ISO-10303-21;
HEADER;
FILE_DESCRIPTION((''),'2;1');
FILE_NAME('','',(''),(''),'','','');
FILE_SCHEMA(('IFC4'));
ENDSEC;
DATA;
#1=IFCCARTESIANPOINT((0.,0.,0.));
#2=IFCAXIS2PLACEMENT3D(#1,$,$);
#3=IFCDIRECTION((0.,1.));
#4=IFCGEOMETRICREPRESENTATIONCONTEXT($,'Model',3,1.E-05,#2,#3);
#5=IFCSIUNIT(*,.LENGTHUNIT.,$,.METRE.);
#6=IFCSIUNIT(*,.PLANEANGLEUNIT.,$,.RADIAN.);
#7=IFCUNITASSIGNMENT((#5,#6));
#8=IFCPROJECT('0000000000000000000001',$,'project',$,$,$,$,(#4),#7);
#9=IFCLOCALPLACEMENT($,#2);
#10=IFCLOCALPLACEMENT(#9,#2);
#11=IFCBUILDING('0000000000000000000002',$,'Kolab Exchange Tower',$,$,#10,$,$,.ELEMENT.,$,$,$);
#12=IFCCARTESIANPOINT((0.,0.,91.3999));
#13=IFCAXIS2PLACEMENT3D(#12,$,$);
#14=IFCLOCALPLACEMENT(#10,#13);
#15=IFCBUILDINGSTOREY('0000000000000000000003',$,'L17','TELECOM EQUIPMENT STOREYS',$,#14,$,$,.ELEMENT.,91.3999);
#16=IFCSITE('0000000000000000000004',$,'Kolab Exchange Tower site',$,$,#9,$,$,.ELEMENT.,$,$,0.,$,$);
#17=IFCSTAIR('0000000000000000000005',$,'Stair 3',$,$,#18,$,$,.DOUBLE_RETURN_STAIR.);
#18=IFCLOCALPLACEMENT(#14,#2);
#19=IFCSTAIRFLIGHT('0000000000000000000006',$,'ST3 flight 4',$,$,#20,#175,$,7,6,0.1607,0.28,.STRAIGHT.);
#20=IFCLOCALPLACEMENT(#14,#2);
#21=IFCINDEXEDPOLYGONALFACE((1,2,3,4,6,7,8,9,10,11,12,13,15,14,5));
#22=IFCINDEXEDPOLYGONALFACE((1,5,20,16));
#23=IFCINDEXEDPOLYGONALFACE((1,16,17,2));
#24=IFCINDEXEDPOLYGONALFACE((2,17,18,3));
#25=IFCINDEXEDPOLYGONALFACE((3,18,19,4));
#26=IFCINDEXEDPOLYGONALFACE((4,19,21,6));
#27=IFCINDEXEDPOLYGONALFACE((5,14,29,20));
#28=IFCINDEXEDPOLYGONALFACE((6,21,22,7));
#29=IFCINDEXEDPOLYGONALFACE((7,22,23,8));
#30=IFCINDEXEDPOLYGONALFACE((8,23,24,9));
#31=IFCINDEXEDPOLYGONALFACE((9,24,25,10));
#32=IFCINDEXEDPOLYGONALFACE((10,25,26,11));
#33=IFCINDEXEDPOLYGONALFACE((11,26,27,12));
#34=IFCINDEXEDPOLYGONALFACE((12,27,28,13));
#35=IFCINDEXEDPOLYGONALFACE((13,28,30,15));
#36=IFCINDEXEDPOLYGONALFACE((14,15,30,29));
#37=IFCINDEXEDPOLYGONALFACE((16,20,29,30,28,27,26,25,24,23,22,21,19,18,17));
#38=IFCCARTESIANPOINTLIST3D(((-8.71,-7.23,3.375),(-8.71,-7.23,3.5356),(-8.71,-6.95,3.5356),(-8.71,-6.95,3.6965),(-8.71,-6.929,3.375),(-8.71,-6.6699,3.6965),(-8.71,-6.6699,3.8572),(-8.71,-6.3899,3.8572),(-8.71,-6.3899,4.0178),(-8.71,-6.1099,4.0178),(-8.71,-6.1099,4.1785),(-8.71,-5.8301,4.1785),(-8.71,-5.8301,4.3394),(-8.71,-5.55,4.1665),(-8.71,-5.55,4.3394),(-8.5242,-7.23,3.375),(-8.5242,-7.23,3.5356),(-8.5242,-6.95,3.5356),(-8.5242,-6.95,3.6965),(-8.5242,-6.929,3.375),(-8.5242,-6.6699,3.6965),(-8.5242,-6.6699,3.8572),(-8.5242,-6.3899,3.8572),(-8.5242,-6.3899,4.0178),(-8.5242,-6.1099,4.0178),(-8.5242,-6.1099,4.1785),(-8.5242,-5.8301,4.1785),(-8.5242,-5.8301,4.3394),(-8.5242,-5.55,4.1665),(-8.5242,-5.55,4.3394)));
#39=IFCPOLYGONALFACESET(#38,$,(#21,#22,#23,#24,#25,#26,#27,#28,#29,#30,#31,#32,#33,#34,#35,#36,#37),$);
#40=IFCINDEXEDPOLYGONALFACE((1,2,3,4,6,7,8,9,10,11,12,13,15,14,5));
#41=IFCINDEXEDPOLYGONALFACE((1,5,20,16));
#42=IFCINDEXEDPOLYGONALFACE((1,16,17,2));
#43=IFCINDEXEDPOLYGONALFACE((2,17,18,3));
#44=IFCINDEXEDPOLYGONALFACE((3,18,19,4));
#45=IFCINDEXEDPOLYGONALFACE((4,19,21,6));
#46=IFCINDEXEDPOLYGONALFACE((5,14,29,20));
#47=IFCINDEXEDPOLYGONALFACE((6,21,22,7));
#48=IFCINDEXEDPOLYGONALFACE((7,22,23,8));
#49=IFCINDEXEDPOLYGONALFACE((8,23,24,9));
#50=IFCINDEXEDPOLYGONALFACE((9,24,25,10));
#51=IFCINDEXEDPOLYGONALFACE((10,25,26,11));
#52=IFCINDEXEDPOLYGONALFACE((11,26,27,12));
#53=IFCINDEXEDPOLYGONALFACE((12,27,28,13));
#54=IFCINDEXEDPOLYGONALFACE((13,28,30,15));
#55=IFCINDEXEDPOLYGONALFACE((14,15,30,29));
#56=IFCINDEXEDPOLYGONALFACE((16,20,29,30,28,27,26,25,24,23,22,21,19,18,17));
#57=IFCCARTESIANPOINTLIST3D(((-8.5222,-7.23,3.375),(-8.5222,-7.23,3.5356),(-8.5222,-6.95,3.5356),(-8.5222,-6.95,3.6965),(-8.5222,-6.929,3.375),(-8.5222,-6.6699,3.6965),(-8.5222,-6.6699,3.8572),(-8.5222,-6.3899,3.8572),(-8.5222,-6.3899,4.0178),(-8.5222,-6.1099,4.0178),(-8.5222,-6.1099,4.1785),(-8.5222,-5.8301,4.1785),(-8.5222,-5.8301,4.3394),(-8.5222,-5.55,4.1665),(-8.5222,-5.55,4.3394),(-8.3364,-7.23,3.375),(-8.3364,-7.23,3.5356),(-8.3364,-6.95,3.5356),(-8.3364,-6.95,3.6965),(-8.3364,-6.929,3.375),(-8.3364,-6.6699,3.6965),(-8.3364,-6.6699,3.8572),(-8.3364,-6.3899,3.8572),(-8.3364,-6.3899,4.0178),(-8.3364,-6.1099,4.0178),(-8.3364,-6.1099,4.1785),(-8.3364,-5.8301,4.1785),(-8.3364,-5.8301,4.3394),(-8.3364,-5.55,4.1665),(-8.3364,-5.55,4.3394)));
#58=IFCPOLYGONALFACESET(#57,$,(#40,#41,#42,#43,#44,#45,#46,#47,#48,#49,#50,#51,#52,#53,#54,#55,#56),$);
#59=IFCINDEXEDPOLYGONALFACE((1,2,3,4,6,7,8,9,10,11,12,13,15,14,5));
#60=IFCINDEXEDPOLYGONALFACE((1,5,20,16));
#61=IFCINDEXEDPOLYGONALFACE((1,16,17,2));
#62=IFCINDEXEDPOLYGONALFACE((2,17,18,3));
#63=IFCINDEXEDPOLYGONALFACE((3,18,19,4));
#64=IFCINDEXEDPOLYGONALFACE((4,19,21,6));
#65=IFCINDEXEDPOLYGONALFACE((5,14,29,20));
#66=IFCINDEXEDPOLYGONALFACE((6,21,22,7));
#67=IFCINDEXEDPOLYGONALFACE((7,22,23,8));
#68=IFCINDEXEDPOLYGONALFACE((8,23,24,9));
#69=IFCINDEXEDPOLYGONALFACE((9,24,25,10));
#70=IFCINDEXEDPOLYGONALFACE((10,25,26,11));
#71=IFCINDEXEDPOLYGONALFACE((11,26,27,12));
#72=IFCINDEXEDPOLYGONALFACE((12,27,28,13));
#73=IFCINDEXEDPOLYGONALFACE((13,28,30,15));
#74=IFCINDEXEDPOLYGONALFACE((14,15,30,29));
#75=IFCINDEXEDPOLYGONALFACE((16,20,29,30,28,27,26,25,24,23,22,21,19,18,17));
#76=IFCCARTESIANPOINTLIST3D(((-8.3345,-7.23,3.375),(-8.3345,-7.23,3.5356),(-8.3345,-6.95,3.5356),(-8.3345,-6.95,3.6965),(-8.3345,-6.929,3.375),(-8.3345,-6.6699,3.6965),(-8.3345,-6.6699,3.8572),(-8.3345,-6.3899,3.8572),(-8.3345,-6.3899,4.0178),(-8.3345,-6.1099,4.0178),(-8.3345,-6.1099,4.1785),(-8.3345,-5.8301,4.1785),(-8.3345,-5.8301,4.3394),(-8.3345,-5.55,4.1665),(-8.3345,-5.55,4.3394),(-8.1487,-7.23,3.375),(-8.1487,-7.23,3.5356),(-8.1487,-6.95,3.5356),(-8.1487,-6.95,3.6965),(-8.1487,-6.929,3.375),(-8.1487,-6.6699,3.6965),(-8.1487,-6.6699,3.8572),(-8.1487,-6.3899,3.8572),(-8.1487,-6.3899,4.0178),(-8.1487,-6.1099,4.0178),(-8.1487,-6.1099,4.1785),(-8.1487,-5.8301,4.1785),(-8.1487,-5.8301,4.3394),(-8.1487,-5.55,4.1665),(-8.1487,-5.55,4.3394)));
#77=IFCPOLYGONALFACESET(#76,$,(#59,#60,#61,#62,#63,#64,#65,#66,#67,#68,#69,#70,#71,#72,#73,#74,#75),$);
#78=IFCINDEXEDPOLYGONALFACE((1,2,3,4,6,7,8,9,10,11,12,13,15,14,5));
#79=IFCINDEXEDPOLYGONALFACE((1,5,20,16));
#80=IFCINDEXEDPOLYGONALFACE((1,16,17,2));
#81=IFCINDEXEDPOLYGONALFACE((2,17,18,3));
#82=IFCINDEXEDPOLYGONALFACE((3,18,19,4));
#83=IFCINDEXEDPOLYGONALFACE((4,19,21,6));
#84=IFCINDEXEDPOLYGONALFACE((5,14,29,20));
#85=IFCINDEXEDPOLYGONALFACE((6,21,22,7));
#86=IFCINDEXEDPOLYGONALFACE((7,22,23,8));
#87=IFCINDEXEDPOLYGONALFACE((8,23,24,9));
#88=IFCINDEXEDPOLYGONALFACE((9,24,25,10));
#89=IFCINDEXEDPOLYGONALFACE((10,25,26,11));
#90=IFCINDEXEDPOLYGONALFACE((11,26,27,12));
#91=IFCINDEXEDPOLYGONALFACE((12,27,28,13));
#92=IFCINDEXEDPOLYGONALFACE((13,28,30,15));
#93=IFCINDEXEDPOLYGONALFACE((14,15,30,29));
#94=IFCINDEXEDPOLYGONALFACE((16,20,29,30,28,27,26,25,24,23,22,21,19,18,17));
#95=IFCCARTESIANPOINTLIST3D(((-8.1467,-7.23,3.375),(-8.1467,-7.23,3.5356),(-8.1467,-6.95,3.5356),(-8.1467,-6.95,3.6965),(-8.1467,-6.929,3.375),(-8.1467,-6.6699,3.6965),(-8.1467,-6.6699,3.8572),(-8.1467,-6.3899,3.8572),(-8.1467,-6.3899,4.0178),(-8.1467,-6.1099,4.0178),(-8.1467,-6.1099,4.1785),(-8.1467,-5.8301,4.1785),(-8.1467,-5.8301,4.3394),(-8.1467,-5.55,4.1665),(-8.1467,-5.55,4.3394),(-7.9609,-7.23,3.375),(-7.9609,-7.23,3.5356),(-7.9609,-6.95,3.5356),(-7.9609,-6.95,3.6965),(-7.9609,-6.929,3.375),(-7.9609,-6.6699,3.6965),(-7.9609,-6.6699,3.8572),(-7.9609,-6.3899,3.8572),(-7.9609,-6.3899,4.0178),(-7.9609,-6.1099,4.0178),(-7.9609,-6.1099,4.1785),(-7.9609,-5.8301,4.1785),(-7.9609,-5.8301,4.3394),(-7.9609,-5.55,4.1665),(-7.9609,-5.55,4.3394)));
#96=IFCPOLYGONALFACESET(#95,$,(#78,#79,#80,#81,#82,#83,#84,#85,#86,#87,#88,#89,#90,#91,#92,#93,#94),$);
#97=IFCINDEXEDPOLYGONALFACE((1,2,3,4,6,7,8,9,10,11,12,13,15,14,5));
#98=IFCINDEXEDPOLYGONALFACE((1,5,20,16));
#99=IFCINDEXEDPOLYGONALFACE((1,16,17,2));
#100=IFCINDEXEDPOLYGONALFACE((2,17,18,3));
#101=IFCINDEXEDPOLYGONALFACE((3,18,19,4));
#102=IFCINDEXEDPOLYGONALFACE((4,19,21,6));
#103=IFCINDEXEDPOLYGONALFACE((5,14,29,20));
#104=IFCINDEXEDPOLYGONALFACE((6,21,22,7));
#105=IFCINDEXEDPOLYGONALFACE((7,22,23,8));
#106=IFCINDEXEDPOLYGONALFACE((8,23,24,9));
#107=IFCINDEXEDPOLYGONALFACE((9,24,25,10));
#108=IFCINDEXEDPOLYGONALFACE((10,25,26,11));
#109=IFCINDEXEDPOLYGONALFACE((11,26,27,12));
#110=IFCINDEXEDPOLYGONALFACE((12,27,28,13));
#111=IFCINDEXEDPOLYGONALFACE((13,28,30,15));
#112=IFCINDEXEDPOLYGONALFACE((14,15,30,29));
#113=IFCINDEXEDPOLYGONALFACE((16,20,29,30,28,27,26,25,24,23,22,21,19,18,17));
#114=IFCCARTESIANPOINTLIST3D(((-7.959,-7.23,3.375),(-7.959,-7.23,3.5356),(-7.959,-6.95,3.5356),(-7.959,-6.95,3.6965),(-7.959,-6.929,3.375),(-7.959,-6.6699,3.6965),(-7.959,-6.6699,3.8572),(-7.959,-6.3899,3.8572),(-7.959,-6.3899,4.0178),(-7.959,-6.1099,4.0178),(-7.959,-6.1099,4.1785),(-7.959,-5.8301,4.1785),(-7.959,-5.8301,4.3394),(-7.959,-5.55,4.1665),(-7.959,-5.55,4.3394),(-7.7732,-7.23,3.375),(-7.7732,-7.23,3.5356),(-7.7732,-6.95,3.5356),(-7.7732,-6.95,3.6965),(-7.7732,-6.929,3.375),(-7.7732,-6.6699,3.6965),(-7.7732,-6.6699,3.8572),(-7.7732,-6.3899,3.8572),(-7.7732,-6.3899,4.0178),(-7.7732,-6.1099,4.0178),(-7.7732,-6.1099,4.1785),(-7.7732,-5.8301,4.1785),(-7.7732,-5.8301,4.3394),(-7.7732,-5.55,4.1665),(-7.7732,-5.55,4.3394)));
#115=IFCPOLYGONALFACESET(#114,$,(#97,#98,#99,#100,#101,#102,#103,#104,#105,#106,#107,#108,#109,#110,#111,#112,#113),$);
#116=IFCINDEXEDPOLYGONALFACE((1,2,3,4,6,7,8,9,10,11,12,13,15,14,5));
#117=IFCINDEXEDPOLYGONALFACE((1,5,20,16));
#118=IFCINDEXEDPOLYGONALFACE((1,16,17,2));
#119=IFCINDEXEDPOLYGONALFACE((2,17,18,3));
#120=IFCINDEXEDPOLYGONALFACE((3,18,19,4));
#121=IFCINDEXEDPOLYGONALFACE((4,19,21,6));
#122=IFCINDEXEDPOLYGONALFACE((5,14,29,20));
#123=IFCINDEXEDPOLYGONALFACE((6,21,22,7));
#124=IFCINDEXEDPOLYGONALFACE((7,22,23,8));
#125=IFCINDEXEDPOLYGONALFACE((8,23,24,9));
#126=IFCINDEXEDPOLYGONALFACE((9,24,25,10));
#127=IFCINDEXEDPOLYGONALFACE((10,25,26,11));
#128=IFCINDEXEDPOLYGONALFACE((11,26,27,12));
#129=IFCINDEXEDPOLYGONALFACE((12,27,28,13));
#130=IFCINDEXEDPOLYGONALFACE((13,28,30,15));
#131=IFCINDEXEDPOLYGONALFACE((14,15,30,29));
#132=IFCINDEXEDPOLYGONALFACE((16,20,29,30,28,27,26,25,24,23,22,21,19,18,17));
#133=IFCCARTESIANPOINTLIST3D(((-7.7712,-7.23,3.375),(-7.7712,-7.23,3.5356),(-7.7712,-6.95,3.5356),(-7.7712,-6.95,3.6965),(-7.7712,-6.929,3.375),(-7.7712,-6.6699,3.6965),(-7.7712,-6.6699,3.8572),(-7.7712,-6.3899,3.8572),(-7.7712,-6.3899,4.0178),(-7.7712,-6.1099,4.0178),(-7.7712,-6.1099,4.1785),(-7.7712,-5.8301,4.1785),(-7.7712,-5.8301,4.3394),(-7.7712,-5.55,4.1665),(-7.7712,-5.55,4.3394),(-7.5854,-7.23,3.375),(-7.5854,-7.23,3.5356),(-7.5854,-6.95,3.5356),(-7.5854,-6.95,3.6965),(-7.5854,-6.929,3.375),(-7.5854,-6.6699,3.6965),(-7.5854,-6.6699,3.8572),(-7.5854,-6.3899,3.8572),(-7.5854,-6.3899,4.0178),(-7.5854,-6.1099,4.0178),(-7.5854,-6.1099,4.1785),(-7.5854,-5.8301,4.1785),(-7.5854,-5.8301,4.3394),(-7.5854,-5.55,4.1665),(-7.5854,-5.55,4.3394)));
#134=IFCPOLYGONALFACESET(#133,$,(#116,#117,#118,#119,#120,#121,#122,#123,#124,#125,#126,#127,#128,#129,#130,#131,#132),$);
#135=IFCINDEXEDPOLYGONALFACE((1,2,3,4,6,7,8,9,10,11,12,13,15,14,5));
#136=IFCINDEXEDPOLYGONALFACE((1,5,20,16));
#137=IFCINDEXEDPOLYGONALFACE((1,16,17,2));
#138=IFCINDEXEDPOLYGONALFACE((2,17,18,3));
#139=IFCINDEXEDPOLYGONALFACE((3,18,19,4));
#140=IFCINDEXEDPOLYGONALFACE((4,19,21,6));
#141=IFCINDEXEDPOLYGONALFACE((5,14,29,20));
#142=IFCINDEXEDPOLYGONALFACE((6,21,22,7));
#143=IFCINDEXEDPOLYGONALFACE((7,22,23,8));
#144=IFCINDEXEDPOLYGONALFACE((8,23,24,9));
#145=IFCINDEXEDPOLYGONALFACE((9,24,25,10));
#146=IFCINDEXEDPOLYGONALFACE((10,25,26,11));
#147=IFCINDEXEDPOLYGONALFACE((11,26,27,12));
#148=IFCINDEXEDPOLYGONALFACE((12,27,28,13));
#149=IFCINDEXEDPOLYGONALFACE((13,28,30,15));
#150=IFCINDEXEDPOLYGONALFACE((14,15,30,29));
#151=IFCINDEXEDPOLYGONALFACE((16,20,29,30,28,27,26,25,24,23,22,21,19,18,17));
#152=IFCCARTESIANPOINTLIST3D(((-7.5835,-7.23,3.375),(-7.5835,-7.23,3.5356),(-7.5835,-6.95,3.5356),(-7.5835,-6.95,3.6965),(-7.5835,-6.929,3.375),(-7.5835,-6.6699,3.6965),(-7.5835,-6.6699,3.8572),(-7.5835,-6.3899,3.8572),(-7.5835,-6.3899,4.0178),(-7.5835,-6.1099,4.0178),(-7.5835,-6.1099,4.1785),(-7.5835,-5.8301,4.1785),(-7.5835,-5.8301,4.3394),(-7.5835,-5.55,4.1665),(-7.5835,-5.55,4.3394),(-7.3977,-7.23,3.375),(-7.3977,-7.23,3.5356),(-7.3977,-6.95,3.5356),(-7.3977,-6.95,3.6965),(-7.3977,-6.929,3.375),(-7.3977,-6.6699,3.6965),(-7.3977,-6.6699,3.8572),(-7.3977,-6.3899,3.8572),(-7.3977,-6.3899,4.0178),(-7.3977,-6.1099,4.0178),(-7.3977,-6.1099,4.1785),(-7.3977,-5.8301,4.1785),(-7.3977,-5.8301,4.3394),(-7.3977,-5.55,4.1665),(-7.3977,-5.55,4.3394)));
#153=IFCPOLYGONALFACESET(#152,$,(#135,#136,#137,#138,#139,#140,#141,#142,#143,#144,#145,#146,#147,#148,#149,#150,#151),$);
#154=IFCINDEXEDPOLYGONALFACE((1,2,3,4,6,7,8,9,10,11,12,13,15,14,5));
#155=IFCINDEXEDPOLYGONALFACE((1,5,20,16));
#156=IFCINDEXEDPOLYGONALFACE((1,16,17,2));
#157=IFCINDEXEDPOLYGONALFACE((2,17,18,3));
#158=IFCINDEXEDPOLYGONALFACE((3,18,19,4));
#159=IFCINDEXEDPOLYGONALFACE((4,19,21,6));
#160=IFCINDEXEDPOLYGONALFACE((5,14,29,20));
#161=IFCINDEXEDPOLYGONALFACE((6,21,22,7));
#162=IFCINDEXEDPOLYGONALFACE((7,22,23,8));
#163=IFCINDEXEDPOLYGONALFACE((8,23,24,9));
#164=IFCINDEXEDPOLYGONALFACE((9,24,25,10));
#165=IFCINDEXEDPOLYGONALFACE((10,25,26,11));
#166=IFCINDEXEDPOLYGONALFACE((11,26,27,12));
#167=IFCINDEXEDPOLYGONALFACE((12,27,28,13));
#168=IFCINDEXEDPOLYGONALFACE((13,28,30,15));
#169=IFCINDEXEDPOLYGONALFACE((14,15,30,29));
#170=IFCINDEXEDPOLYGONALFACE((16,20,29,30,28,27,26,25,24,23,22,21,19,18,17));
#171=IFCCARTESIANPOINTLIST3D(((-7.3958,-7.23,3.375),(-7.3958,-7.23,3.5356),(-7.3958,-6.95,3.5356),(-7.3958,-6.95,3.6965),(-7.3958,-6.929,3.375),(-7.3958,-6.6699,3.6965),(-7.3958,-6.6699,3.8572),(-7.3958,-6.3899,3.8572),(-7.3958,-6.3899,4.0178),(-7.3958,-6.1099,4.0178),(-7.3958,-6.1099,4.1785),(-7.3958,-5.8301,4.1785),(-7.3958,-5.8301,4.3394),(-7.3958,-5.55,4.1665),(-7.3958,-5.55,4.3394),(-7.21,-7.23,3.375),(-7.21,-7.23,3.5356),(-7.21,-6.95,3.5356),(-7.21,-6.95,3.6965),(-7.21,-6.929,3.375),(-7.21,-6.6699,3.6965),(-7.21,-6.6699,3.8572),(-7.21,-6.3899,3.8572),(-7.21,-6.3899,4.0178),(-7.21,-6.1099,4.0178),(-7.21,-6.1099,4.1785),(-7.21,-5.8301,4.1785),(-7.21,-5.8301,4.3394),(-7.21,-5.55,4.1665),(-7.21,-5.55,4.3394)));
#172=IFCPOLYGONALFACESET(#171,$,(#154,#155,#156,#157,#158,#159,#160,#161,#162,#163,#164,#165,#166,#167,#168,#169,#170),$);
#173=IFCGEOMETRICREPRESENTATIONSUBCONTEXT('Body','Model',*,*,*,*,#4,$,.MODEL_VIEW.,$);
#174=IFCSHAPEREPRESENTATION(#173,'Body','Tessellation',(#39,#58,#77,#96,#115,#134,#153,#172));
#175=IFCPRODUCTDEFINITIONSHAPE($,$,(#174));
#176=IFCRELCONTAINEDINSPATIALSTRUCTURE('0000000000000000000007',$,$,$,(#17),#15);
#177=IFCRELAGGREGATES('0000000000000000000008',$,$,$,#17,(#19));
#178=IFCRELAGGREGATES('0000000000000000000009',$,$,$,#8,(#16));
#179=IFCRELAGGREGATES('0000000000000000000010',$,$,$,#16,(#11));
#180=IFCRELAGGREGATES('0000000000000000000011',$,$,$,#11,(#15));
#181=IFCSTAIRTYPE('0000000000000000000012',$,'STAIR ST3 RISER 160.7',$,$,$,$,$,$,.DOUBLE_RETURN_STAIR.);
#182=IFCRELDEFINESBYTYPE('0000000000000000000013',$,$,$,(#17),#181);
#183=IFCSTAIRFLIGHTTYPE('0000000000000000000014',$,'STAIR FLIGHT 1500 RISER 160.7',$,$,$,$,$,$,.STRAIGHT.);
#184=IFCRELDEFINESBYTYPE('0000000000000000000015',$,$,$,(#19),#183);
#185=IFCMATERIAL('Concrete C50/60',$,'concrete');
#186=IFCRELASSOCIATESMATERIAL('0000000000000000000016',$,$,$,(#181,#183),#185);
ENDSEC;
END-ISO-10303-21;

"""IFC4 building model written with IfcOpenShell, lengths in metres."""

from ifc_helpers import new_model, si_unit, direction, frame, origin, place, context, subcontext, project, spatial, polyline, outline, extrude, material, type_object, element, aggregate, save


model = new_model("IFC4")

# Units and contexts
model_context = context("Model", 3, precision=1e-05, world=origin(), true_north=direction((0.0, 1.0)))
body_context = subcontext(model_context, "Body", "Model", "MODEL_VIEW")
ifc_project = project(units=[si_unit("LENGTHUNIT", "METRE"), si_unit("PLANEANGLEUNIT", "RADIAN")], contexts=[model_context])

# Site, building, storey
site_placement = place(None, origin())
site = spatial("IfcSite", under=ifc_project, at=site_placement, Name="Kolab Exchange Tower site", CompositionType="ELEMENT", RefElevation=0.0)
building_placement = place(site_placement, origin())
building = spatial("IfcBuilding", under=site, at=building_placement, Name="Kolab Exchange Tower", CompositionType="ELEMENT")
storey_placement = place(building_placement, frame((0.0, 0.0, 91.3999)))
storey = spatial("IfcBuildingStorey", under=building, at=storey_placement, Name="L17", Description="TELECOM EQUIPMENT STOREYS", CompositionType="ELEMENT", Elevation=91.3999)

# Shared definitions
ifc_material_1 = material(Name="Concrete C50/60", Category="concrete")

# Stair, stair flight
stair_type = type_object("IfcStairType", Name="STAIR ST3 RISER 160.7", PredefinedType="DOUBLE_RETURN_STAIR", material=ifc_material_1)
stair_placement = place(storey_placement, origin())
stair = element("IfcStair", 1, at=stair_placement, inside=storey, type_object=stair_type, Name="Stair 3", PredefinedType="DOUBLE_RETURN_STAIR")
stair_flight_type = type_object("IfcStairFlightType", Name="STAIR FLIGHT 1500 RISER 160.7", PredefinedType="STRAIGHT", material=ifc_material_1)
stair_flight_1_placement = place(storey_placement, frame((-7.96, -7.23, 3.375), z_axis=(0.0, 0.0, 1.0), x_axis=(0.0, 1.0, 0.0)))
stair_flight_1 = element("IfcStairFlight", 2, at=stair_flight_1_placement, type_object=stair_flight_type, Name="ST3 flight 4", NumberOfRisers=7, NumberOfTreads=6, PredefinedType="STRAIGHT", RiserHeight=0.1607, TreadLength=0.28, context=body_context, shape_type="SweptSolid", body=[
    extrude(outline(polyline([(0.0, 0.0), (0.0, 0.1606), (0.28, 0.1606), (0.28, 0.3215), (0.5601, 0.3215), (0.5601, 0.4822), (0.8401, 0.4822), (0.8401, 0.6428), (1.1201, 0.6428), (1.1201, 0.8035), (1.3999, 0.8035), (1.3999, 0.9644), (1.6799, 0.9644), (1.6799, 1.125), (1.6799, 0.7915), (0.301, 0.0), (0.0, 0.0)])), frame((0.0, 0.75, 0.0), z_axis=(0.0, -1.0, 0.0), x_axis=(1.0, 0.0, 0.0)), (0.0, 0.0, 1.0), 0.1858),
    extrude(outline(polyline([(0.0, 0.0), (0.0, 0.1606), (0.28, 0.1606), (0.28, 0.3215), (0.5601, 0.3215), (0.5601, 0.4822), (0.8401, 0.4822), (0.8401, 0.6428), (1.1201, 0.6428), (1.1201, 0.8035), (1.3999, 0.8035), (1.3999, 0.9644), (1.6799, 0.9644), (1.6799, 1.125), (1.6799, 0.7915), (0.301, 0.0), (0.0, 0.0)])), frame((0.0, 0.5623, 0.0), z_axis=(0.0, -1.0, 0.0), x_axis=(1.0, 0.0, 0.0)), (0.0, 0.0, 1.0), 0.1858),
    extrude(outline(polyline([(0.0, 0.0), (0.0, 0.1606), (0.28, 0.1606), (0.28, 0.3215), (0.5601, 0.3215), (0.5601, 0.4822), (0.8401, 0.4822), (0.8401, 0.6428), (1.1201, 0.6428), (1.1201, 0.8035), (1.3999, 0.8035), (1.3999, 0.9644), (1.6799, 0.9644), (1.6799, 1.125), (1.6799, 0.7915), (0.301, 0.0), (0.0, 0.0)])), frame((0.0, 0.3745, 0.0), z_axis=(0.0, -1.0, 0.0), x_axis=(1.0, 0.0, 0.0)), (0.0, 0.0, 1.0), 0.1858),
    extrude(outline(polyline([(0.0, 0.0), (0.0, 0.1606), (0.28, 0.1606), (0.28, 0.3215), (0.5601, 0.3215), (0.5601, 0.4822), (0.8401, 0.4822), (0.8401, 0.6428), (1.1201, 0.6428), (1.1201, 0.8035), (1.3999, 0.8035), (1.3999, 0.9644), (1.6799, 0.9644), (1.6799, 1.125), (1.6799, 0.7915), (0.301, 0.0), (0.0, 0.0)])), frame((0.0, 0.1868, 0.0), z_axis=(0.0, -1.0, 0.0), x_axis=(1.0, 0.0, 0.0)), (0.0, 0.0, 1.0), 0.1858),
    extrude(outline(polyline([(0.0, 0.0), (0.0, 0.1606), (0.28, 0.1606), (0.28, 0.3215), (0.5601, 0.3215), (0.5601, 0.4822), (0.8401, 0.4822), (0.8401, 0.6428), (1.1201, 0.6428), (1.1201, 0.8035), (1.3999, 0.8035), (1.3999, 0.9644), (1.6799, 0.9644), (1.6799, 1.125), (1.6799, 0.7915), (0.301, 0.0), (0.0, 0.0)])), frame((0.0, -0.001, 0.0), z_axis=(0.0, -1.0, 0.0), x_axis=(1.0, 0.0, 0.0)), (0.0, 0.0, 1.0), 0.1858),
    extrude(outline(polyline([(0.0, 0.0), (0.0, 0.1606), (0.28, 0.1606), (0.28, 0.3215), (0.5601, 0.3215), (0.5601, 0.4822), (0.8401, 0.4822), (0.8401, 0.6428), (1.1201, 0.6428), (1.1201, 0.8035), (1.3999, 0.8035), (1.3999, 0.9644), (1.6799, 0.9644), (1.6799, 1.125), (1.6799, 0.7915), (0.301, 0.0), (0.0, 0.0)])), frame((0.0, -0.1887, 0.0), z_axis=(0.0, -1.0, 0.0), x_axis=(1.0, 0.0, 0.0)), (0.0, 0.0, 1.0), 0.1858),
    extrude(outline(polyline([(0.0, 0.0), (0.0, 0.1606), (0.28, 0.1606), (0.28, 0.3215), (0.5601, 0.3215), (0.5601, 0.4822), (0.8401, 0.4822), (0.8401, 0.6428), (1.1201, 0.6428), (1.1201, 0.8035), (1.3999, 0.8035), (1.3999, 0.9644), (1.6799, 0.9644), (1.6799, 1.125), (1.6799, 0.7915), (0.301, 0.0), (0.0, 0.0)])), frame((0.0, -0.3765, 0.0), z_axis=(0.0, -1.0, 0.0), x_axis=(1.0, 0.0, 0.0)), (0.0, 0.0, 1.0), 0.1858),
    extrude(outline(polyline([(0.0, 0.0), (0.0, 0.1606), (0.28, 0.1606), (0.28, 0.3215), (0.5601, 0.3215), (0.5601, 0.4822), (0.8401, 0.4822), (0.8401, 0.6428), (1.1201, 0.6428), (1.1201, 0.8035), (1.3999, 0.8035), (1.3999, 0.9644), (1.6799, 0.9644), (1.6799, 1.125), (1.6799, 0.7915), (0.301, 0.0), (0.0, 0.0)])), frame((0.0, -0.5642, 0.0), z_axis=(0.0, -1.0, 0.0), x_axis=(1.0, 0.0, 0.0)), (0.0, 0.0, 1.0), 0.1858),
])
aggregate(stair, [stair_flight_1])

save(model, "model.ifc")
